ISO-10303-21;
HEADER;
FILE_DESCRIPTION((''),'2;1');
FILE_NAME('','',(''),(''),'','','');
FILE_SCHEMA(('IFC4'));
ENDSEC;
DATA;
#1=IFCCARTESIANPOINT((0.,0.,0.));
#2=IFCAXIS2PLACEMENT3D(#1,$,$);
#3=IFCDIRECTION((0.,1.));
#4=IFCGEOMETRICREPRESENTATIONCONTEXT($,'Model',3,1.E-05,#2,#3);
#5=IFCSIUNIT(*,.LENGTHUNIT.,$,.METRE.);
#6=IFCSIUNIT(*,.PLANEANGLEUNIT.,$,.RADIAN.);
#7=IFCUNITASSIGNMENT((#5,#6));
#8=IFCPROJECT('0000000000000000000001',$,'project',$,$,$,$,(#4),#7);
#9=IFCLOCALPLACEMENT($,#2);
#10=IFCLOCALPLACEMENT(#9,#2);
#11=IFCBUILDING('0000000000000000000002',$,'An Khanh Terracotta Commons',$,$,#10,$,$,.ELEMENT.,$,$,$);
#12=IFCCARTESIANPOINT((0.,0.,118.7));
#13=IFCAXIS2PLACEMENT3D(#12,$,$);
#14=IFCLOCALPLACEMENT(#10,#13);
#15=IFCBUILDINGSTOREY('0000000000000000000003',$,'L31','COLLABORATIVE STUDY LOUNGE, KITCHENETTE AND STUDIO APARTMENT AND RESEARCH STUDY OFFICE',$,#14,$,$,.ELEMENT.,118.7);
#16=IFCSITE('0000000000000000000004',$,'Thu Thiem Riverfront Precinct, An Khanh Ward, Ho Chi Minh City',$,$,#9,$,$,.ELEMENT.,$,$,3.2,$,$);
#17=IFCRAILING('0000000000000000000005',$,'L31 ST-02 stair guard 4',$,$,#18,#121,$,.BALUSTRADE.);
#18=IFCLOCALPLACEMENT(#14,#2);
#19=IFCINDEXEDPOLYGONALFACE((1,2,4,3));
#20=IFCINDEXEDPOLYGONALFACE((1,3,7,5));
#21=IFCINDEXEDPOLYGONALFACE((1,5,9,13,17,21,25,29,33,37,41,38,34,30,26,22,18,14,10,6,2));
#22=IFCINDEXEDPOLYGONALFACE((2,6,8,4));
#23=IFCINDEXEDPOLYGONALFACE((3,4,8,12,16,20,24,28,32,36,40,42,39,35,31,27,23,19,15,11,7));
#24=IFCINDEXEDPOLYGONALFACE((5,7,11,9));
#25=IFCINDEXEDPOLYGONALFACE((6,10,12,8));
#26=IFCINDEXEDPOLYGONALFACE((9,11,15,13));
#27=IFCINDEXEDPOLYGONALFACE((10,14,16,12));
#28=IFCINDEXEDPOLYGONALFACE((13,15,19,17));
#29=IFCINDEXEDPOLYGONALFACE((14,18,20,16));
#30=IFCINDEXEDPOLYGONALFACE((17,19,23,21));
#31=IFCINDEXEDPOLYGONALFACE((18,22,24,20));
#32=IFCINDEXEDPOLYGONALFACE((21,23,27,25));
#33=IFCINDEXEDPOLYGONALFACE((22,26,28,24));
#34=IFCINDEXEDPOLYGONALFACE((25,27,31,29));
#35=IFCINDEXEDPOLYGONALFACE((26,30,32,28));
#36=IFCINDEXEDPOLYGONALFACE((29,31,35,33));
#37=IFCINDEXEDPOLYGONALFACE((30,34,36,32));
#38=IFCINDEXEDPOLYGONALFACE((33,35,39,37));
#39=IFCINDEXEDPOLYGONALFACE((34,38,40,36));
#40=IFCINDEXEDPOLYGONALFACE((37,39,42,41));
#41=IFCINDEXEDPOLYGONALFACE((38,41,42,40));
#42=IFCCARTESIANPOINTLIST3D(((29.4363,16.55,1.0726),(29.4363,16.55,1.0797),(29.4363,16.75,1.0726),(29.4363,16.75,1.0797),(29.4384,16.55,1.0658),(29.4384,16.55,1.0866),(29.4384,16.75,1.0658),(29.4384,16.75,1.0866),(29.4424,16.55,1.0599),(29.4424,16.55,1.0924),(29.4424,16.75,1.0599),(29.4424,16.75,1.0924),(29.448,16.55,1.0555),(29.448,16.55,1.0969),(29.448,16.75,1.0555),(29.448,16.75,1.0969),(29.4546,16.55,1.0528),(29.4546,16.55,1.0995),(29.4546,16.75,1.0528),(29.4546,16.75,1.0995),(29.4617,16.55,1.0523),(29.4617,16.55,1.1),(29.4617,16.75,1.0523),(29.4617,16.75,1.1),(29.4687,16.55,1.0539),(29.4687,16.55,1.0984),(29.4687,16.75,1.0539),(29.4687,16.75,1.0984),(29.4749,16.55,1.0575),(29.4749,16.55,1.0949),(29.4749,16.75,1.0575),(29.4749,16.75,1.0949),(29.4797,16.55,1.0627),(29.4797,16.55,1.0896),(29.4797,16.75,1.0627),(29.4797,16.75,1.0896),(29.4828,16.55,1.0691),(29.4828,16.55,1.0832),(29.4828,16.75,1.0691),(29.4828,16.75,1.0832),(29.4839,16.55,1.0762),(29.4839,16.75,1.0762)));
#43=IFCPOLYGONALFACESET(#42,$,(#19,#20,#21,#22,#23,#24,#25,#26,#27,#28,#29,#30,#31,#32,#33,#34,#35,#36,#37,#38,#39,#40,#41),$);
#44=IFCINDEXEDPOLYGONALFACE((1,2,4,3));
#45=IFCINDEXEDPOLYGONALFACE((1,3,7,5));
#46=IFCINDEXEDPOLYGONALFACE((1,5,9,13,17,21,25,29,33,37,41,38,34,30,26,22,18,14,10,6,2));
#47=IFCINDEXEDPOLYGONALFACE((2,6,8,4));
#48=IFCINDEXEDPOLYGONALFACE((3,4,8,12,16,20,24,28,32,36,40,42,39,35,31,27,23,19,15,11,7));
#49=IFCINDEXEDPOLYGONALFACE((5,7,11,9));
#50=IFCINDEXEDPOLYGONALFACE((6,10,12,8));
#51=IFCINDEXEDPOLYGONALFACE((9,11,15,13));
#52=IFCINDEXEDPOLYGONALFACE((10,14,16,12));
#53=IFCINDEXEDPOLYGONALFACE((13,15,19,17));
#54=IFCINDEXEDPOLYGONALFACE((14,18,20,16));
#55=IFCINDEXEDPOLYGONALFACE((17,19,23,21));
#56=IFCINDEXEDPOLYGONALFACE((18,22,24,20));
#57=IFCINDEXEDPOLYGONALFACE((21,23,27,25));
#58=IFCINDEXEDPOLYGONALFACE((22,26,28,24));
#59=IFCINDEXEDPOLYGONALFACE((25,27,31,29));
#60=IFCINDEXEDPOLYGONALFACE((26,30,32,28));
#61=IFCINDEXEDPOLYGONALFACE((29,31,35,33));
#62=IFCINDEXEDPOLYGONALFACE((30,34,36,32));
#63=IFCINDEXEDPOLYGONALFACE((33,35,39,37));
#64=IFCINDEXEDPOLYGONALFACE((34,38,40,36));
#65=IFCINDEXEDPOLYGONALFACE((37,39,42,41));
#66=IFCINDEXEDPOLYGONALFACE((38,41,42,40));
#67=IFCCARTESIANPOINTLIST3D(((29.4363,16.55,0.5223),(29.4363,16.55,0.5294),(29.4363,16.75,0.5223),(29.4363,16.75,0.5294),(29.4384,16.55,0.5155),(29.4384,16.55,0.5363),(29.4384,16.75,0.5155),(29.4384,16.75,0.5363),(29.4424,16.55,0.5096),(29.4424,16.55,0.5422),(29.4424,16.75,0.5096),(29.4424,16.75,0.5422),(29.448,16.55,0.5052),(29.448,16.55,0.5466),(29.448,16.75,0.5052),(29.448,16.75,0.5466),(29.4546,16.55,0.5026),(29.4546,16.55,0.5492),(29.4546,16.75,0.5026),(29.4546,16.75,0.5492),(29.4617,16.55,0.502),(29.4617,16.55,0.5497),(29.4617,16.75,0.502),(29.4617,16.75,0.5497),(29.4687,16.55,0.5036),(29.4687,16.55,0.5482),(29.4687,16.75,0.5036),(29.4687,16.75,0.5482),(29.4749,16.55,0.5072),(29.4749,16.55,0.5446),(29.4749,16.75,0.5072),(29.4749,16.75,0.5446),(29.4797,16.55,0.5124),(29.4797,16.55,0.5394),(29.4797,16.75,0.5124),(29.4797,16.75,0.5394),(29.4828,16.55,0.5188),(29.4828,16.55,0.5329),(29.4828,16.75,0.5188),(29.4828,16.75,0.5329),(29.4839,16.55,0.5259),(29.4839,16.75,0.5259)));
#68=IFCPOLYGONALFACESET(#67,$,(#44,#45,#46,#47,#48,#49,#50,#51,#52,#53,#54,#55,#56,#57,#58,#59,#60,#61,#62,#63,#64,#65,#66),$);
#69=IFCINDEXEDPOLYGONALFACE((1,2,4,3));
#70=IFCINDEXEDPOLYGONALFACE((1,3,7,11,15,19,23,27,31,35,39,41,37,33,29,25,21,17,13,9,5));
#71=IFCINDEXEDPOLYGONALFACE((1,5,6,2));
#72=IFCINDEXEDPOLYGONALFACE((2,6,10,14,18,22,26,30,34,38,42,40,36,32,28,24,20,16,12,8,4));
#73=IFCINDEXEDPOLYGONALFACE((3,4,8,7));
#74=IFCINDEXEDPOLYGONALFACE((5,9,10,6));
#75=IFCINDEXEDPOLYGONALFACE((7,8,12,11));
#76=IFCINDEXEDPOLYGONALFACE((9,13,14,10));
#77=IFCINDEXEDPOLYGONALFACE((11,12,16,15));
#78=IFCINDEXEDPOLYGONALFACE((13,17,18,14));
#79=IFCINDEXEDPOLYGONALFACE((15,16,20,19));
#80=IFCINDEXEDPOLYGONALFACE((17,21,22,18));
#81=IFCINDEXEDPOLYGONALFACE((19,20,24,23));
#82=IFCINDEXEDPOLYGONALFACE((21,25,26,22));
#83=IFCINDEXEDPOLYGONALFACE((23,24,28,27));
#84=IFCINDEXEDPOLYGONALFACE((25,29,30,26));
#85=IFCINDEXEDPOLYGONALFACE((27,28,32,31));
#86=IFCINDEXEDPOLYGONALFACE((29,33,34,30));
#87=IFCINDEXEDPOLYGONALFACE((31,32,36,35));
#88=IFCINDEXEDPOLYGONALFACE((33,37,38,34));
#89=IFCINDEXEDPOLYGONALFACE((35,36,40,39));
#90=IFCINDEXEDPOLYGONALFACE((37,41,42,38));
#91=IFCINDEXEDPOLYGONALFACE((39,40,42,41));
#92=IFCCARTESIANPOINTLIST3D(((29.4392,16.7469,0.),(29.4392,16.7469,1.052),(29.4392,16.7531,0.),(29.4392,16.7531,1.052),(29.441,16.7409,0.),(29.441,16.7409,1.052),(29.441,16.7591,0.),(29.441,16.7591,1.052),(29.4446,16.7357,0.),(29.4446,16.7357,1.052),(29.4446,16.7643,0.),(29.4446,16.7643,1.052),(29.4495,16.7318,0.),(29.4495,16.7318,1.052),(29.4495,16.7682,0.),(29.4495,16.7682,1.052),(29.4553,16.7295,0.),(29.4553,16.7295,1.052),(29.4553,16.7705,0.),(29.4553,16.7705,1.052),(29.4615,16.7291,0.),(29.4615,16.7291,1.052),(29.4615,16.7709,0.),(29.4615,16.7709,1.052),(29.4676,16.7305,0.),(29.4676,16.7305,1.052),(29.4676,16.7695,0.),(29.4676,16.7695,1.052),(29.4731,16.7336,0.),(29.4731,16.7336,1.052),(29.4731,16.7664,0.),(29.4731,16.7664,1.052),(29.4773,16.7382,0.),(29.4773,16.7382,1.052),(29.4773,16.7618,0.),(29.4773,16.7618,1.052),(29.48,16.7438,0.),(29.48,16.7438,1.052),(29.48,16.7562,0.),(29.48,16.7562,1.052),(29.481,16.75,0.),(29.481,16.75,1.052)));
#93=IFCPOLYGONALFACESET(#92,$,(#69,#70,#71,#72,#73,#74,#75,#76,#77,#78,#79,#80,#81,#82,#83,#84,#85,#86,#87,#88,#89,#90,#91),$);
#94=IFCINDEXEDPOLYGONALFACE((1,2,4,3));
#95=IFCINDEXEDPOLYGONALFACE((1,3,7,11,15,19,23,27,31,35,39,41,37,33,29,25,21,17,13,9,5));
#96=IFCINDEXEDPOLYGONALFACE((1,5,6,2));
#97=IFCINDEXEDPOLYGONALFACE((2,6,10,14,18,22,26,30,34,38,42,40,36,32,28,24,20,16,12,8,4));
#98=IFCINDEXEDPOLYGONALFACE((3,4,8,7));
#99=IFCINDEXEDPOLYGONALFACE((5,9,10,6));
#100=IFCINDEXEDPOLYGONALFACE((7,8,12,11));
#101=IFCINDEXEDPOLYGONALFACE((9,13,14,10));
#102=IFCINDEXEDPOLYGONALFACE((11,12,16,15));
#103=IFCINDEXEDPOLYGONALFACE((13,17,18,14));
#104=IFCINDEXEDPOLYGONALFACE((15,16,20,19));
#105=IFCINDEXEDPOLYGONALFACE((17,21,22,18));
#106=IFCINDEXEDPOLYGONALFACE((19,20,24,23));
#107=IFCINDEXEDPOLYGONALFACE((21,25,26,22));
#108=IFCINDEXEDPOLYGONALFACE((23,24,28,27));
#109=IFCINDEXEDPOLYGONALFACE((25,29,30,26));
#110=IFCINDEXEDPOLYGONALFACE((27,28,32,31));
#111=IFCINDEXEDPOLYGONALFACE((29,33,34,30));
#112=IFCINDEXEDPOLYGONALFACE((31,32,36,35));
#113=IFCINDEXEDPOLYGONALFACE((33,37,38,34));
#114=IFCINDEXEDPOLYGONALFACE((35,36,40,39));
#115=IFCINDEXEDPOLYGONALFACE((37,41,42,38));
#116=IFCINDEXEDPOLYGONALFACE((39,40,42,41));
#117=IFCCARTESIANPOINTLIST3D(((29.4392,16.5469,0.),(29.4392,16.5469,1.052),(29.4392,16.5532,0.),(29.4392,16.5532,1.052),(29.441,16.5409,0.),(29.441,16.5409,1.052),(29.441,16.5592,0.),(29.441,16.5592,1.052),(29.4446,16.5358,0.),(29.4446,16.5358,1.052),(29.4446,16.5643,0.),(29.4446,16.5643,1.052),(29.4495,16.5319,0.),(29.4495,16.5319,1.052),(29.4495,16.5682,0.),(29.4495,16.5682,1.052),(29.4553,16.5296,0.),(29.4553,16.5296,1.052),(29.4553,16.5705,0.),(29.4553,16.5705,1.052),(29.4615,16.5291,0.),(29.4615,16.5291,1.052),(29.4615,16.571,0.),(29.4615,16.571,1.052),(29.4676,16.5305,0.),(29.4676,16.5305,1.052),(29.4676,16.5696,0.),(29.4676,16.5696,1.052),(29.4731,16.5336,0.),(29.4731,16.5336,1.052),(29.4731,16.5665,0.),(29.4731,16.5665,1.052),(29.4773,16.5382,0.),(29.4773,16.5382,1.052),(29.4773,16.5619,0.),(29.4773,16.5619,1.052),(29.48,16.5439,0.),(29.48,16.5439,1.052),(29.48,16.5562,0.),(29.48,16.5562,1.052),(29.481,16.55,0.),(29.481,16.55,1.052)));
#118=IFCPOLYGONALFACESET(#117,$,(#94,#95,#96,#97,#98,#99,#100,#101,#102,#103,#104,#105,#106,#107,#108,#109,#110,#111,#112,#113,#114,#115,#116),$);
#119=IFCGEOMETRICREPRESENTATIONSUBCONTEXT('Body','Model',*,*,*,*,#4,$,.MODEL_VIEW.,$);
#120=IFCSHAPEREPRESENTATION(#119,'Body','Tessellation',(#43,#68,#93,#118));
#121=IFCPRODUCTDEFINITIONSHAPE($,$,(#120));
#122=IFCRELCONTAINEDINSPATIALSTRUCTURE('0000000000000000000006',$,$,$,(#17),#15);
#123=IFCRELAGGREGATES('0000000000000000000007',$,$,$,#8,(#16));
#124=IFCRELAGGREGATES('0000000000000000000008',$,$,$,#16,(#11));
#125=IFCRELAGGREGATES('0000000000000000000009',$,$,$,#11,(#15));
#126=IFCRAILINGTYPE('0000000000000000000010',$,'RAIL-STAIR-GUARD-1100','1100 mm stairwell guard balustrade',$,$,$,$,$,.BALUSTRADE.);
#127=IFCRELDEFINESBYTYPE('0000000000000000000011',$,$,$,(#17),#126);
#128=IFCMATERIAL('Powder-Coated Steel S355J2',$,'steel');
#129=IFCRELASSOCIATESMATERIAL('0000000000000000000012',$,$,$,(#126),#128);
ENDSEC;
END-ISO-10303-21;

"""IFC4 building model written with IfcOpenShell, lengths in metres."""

from ifc_helpers import new_model, si_unit, direction, frame, origin, origin_2d, place, context, subcontext, project, spatial, circle, extrude, material, type_object, element, save


model = new_model("IFC4")

# Units and contexts
model_context = context("Model", 3, precision=1e-05, world=origin(), true_north=direction((0.0, 1.0)))
body_context = subcontext(model_context, "Body", "Model", "MODEL_VIEW")
ifc_project = project(units=[si_unit("LENGTHUNIT", "METRE"), si_unit("PLANEANGLEUNIT", "RADIAN")], contexts=[model_context])

# Site, building, storey
site_placement = place(None, origin())
site = spatial("IfcSite", under=ifc_project, at=site_placement, Name="Thu Thiem Riverfront Precinct, An Khanh Ward, Ho Chi Minh City", CompositionType="ELEMENT", RefElevation=3.2)
building_placement = place(site_placement, origin())
building = spatial("IfcBuilding", under=site, at=building_placement, Name="An Khanh Terracotta Commons", CompositionType="ELEMENT")
storey_placement = place(building_placement, frame((0.0, 0.0, 118.7)))
storey = spatial("IfcBuildingStorey", under=building, at=storey_placement, Name="L31", Description="COLLABORATIVE STUDY LOUNGE, KITCHENETTE AND STUDIO APARTMENT AND RESEARCH STUDY OFFICE", CompositionType="ELEMENT", Elevation=118.7)

# Railing
ifc_material_1 = material(Name="Powder-Coated Steel S355J2", Category="steel")
railing_type_1 = type_object("IfcRailingType", Name="RAIL-STAIR-GUARD-1100", Description="1100 mm stairwell guard balustrade", PredefinedType="BALUSTRADE", material=ifc_material_1)
railing_1_placement = place(storey_placement, frame((29.46, 16.75, 0.0)))
element("IfcRailing", 1, at=railing_1_placement, inside=storey, type_object=railing_type_1, Name="L31 ST-02 stair guard 4", PredefinedType="BALUSTRADE", context=body_context, shape_type="SweptSolid", body=[
    extrude(circle(Radius=0.0239, at=origin_2d()), frame((0.0, 0.0, 1.0762), z_axis=(0.0, -1.0, 0.0), x_axis=(1.0, 0.0, 0.0)), (0.0, 0.0, 1.0), 0.2),
    extrude(circle(Radius=0.0239, at=origin_2d()), frame((0.0, 0.0, 0.5259), z_axis=(0.0, -1.0, 0.0), x_axis=(1.0, 0.0, 0.0)), (0.0, 0.0, 1.0), 0.2),
    extrude(circle(Radius=0.021, at=origin_2d()), origin(), (0.0, 0.0, 1.0), 1.052),
    extrude(circle(Radius=0.021, at=origin_2d()), frame((0.0, -0.2, 0.0)), (0.0, 0.0, 1.0), 1.052),
])

save(model, "model.ifc")
